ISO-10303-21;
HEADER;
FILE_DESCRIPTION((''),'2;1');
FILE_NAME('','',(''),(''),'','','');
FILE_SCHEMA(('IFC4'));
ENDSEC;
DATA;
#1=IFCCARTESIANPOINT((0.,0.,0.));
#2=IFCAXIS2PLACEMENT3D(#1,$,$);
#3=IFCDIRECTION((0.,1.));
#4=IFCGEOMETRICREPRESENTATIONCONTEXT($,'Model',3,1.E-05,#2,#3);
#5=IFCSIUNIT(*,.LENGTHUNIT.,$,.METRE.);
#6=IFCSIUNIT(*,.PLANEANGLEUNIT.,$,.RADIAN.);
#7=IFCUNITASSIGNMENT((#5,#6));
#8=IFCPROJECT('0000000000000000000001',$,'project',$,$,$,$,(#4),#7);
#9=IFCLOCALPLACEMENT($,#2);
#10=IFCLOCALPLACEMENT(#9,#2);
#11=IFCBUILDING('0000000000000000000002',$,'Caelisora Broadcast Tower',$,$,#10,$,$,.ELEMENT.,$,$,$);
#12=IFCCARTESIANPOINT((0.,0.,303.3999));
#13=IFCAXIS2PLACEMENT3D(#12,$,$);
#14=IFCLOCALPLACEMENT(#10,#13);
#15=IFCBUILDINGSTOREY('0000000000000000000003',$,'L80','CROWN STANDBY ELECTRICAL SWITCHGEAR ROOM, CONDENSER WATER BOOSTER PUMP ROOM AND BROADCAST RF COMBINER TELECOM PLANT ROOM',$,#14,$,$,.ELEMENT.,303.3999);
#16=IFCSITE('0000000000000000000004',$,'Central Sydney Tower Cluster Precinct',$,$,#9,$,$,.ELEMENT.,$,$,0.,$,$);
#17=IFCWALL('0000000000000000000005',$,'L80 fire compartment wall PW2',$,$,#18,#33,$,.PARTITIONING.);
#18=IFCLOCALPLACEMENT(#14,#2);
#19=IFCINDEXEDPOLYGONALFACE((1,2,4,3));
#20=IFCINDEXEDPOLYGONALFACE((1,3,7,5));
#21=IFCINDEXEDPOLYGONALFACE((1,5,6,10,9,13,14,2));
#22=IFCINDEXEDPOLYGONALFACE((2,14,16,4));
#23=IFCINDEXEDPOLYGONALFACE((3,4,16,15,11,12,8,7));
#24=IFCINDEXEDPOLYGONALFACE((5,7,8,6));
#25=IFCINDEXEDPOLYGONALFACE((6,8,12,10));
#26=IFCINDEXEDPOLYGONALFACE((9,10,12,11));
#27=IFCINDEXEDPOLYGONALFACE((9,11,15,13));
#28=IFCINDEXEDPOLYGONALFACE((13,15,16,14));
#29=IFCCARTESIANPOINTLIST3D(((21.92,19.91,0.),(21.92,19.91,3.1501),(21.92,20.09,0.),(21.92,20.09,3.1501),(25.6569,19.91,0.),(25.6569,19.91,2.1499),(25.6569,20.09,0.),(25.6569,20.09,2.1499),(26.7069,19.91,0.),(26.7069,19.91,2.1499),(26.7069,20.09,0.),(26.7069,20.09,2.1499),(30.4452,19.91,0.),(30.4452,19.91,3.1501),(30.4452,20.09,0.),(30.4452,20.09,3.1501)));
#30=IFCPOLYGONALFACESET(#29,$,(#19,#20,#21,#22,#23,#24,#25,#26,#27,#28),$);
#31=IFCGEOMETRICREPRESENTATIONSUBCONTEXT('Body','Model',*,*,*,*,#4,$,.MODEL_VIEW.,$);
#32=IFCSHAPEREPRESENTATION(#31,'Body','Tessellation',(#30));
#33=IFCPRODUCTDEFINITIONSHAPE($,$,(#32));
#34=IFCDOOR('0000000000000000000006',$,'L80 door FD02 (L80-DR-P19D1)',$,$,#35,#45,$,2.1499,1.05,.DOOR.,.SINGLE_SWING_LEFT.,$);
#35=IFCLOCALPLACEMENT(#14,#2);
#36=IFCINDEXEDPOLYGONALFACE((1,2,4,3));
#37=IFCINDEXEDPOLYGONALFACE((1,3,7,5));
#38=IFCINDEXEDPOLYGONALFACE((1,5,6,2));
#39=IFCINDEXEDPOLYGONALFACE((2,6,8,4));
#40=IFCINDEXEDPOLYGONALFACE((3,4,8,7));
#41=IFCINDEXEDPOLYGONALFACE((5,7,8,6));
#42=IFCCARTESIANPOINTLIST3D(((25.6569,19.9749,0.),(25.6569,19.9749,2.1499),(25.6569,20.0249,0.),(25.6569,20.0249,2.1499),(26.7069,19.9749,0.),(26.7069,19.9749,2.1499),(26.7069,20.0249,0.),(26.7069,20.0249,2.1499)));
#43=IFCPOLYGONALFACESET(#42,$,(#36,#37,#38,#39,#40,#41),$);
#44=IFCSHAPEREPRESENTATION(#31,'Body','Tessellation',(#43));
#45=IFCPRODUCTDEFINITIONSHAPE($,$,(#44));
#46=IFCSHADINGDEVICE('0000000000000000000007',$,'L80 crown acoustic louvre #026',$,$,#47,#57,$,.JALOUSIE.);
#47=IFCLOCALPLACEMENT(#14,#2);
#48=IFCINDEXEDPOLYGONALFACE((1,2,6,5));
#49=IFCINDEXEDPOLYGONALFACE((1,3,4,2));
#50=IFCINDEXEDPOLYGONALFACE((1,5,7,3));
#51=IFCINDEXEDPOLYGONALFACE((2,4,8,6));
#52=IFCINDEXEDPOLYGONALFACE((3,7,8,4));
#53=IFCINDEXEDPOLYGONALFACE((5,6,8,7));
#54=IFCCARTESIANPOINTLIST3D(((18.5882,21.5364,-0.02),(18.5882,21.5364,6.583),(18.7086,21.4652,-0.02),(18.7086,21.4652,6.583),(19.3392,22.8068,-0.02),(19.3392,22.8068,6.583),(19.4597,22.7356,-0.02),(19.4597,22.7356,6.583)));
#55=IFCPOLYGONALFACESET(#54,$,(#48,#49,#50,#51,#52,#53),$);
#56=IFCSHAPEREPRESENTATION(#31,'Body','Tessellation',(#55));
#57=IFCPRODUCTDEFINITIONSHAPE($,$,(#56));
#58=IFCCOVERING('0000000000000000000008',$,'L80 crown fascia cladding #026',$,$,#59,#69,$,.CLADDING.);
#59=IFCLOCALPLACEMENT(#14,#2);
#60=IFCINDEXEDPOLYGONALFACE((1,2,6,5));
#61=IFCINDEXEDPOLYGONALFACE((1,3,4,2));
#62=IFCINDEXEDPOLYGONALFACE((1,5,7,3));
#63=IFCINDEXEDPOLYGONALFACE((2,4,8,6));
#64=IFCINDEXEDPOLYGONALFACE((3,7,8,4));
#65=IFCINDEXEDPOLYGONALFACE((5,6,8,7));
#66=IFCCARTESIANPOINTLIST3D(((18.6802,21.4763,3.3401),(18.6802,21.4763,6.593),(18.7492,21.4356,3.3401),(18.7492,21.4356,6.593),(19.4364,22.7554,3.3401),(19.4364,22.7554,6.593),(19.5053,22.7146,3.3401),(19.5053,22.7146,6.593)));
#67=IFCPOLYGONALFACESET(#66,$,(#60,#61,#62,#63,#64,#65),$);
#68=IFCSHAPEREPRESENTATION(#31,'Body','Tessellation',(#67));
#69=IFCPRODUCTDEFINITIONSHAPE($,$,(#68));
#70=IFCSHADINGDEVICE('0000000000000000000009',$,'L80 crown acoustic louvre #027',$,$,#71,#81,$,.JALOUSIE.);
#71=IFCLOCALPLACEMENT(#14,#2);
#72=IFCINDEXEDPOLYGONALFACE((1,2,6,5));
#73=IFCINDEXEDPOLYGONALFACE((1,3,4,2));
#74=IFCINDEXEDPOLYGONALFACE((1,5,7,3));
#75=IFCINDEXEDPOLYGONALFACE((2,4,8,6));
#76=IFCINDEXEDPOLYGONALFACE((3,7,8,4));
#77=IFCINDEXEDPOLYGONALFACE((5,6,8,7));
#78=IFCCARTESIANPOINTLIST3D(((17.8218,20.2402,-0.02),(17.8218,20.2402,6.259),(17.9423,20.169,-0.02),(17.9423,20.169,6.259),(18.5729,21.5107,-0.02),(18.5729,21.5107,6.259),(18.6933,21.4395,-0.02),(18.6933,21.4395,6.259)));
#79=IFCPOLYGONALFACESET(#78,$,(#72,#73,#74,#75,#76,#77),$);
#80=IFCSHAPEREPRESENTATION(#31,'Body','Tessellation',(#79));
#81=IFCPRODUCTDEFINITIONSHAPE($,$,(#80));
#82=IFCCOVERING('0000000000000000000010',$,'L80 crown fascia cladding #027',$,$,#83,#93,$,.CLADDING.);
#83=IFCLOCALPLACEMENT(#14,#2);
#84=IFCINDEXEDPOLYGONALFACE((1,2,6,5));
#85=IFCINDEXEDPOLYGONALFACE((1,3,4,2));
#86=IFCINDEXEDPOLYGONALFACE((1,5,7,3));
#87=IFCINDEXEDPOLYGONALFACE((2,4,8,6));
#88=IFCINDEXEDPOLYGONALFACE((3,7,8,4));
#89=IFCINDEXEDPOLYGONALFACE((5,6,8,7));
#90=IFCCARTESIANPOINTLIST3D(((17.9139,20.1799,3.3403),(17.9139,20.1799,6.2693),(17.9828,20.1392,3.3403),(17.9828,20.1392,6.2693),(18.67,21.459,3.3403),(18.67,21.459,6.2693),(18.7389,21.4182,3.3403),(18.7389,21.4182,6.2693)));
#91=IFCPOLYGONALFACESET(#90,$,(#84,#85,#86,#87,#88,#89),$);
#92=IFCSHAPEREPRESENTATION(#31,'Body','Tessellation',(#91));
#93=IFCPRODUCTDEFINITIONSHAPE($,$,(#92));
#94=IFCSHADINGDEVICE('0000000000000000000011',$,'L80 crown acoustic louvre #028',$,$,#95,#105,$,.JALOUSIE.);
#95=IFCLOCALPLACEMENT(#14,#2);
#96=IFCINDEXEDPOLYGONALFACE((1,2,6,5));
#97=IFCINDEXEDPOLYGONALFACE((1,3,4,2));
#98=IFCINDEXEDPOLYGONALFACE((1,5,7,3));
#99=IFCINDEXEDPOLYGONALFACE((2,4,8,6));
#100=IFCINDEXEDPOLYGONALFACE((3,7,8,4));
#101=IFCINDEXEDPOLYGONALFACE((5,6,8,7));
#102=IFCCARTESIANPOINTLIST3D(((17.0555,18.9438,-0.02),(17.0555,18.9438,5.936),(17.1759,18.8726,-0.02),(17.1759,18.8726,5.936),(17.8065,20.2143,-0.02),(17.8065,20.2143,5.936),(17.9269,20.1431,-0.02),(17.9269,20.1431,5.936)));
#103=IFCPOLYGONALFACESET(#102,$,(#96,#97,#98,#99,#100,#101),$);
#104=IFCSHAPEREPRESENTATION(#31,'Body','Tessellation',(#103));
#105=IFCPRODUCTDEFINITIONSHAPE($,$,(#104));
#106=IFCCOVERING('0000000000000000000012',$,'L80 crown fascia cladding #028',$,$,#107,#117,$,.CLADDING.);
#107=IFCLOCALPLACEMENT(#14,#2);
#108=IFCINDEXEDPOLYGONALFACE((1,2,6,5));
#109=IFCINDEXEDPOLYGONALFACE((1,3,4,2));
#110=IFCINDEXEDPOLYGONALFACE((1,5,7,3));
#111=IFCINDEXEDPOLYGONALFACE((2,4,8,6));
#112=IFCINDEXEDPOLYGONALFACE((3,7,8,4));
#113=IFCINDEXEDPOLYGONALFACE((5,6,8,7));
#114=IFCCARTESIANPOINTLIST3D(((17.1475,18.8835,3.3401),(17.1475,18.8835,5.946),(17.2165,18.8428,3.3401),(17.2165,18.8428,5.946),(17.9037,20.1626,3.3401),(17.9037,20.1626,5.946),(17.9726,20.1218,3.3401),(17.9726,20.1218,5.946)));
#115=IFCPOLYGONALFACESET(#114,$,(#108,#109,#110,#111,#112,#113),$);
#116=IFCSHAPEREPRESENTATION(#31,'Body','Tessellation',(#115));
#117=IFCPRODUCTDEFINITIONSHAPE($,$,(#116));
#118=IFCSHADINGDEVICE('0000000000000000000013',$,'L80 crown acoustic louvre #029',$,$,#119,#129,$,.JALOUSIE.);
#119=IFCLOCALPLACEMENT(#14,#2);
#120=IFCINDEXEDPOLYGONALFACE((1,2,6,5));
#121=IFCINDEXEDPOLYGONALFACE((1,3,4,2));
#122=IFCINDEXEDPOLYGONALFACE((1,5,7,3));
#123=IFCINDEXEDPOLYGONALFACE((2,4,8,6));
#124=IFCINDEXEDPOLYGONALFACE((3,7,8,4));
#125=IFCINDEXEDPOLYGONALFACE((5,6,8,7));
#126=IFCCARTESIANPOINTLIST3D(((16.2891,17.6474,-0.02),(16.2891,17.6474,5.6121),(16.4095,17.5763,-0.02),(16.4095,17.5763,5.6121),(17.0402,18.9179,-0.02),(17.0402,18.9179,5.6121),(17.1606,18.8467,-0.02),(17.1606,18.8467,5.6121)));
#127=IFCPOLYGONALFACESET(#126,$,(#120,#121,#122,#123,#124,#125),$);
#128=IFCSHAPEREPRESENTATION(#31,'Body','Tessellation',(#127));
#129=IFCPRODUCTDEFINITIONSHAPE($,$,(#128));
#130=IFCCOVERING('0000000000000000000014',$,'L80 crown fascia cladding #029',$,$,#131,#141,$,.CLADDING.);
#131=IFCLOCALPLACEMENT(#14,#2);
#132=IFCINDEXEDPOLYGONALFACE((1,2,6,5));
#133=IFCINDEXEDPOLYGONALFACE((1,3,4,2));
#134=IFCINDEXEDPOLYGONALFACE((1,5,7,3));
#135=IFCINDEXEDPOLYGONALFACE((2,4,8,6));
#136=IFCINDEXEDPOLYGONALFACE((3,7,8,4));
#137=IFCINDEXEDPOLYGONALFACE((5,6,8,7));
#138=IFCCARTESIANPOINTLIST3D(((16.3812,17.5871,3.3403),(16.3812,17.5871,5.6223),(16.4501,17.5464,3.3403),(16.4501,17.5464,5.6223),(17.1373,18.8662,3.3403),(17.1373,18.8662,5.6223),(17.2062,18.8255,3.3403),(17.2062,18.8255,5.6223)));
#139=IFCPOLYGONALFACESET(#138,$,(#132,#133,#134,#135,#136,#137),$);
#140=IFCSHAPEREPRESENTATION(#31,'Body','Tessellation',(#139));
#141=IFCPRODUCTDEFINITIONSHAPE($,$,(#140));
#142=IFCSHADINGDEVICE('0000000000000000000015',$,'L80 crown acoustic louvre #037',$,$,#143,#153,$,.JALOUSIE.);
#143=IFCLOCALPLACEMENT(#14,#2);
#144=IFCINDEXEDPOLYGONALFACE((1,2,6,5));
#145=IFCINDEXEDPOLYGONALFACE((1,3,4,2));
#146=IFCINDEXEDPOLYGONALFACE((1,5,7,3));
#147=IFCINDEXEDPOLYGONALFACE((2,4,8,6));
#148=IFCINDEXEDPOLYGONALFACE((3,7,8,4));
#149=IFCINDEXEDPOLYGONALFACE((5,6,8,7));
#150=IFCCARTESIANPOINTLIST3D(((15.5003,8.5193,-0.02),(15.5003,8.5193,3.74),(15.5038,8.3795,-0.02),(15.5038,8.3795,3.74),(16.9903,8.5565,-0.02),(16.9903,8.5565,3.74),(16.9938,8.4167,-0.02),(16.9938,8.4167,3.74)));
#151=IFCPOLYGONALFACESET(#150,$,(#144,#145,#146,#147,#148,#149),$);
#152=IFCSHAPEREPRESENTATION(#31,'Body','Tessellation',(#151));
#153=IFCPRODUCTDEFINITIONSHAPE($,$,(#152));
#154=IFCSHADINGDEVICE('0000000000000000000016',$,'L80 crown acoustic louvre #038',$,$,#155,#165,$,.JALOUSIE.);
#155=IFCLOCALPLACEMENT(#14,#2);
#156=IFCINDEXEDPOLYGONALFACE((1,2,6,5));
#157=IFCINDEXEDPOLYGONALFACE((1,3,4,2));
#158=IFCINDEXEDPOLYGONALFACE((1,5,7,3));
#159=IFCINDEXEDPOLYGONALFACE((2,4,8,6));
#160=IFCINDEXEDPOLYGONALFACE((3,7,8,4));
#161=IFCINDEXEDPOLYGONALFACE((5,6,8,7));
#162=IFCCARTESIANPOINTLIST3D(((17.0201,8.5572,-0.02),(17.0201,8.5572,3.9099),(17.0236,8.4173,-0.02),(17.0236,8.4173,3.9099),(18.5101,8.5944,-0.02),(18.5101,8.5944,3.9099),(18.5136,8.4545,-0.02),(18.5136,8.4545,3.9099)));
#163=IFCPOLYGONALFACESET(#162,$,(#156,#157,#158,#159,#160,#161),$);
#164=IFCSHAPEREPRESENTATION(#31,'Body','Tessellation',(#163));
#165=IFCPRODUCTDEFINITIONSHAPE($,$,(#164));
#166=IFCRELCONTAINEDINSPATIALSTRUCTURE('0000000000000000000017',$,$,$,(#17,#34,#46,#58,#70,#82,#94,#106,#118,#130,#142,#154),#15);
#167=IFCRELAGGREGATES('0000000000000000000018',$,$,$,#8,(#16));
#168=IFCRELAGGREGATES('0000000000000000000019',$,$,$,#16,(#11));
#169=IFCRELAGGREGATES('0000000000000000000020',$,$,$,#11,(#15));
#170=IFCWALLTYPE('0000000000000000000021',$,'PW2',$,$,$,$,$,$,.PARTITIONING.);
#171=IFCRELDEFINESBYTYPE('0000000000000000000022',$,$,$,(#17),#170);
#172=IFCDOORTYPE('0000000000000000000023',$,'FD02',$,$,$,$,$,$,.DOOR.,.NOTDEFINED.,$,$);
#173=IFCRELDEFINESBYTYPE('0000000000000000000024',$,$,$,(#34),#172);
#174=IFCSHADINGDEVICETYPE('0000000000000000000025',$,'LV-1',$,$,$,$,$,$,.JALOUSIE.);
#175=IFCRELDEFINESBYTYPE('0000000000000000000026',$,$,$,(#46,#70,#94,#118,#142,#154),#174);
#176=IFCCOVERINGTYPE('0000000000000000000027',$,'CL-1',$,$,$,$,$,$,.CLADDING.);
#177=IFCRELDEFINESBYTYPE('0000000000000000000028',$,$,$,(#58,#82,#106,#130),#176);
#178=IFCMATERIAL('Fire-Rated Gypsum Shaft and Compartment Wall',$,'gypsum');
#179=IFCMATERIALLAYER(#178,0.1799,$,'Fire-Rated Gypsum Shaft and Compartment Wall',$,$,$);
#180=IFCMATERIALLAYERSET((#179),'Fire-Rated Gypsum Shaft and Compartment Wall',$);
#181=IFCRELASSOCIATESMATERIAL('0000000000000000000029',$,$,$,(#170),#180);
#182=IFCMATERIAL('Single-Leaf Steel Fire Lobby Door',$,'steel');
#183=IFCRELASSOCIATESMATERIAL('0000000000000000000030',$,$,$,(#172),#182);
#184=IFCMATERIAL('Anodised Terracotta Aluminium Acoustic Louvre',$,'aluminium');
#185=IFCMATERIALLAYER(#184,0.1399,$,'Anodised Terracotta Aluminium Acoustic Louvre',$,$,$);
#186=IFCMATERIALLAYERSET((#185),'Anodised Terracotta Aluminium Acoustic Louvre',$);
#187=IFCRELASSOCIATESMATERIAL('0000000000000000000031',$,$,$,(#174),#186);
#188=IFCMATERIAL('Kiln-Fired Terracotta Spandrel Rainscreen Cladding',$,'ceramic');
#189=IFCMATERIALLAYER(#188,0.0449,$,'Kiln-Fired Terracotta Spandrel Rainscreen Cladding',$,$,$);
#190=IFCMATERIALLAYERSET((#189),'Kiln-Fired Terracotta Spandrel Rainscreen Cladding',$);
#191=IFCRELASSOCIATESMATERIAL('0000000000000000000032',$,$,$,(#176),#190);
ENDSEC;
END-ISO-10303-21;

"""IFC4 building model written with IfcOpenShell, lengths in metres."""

from ifc_helpers import new_model, si_unit, direction, frame, frame_2d, origin, origin_2d, place, context, subcontext, project, spatial, rectangle, extrude, source, transform, mapped, material, layer, layer_set, type_object, element, fill, save


model = new_model("IFC4")

# Units and contexts
model_context = context("Model", 3, precision=1e-05, world=origin(), true_north=direction((0.0, 1.0)))
body_context = subcontext(model_context, "Body", "Model", "MODEL_VIEW")
ifc_project = project(units=[si_unit("LENGTHUNIT", "METRE"), si_unit("PLANEANGLEUNIT", "RADIAN")], contexts=[model_context])

# Site, building, storey
site_placement = place(None, origin())
site = spatial("IfcSite", under=ifc_project, at=site_placement, Name="Central Sydney Tower Cluster Precinct", CompositionType="ELEMENT", RefElevation=0.0)
building_placement = place(site_placement, origin())
building = spatial("IfcBuilding", under=site, at=building_placement, Name="Caelisora Broadcast Tower", CompositionType="ELEMENT")
storey_placement = place(building_placement, frame((0.0, 0.0, 303.3999)))
storey = spatial("IfcBuildingStorey", under=building, at=storey_placement, Name="L80", Description="CROWN STANDBY ELECTRICAL SWITCHGEAR ROOM, CONDENSER WATER BOOSTER PUMP ROOM AND BROADCAST RF COMBINER TELECOM PLANT ROOM", CompositionType="ELEMENT", Elevation=303.3999)

# Wall, opening, door
ifc_material_1 = material(Name="Fire-Rated Gypsum Shaft and Compartment Wall", Category="gypsum")
ifc_layer_1 = layer(ifc_material_1, 0.1799, Name="Fire-Rated Gypsum Shaft and Compartment Wall")
ifc_layer_set_1 = layer_set([ifc_layer_1], Name="Fire-Rated Gypsum Shaft and Compartment Wall")
wall_type = type_object("IfcWallType", Name="PW2", PredefinedType="PARTITIONING", material=ifc_layer_set_1)
wall_placement = place(storey_placement, frame((21.9199, 20.0, 0.0), z_axis=(0.0, 0.0, 1.0), x_axis=(1.0, 0.0, 0.0)))
wall = element("IfcWall", 1, at=wall_placement, inside=storey, type_object=wall_type, Name="L80 fire compartment wall PW2", PredefinedType="PARTITIONING", context=body_context, shape_type="SweptSolid", body=[
    extrude(rectangle(XDim=8.5251, YDim=0.1799, at=frame_2d((4.2627, 0.0))), origin(), (0.0, 0.0, 1.0), 3.1501),
])
opening_placement = place(wall_placement, frame((3.7371, 0.0, 0.0)))
opening = element("IfcOpeningElement", 2, at=opening_placement, cuts=wall, PredefinedType="OPENING", context=body_context, shape_type="SweptSolid", body=[
    extrude(rectangle(XDim=1.05, YDim=2.1499, at=frame_2d((0.5249, 1.075))), frame((0.0, 0.1021, 0.0), z_axis=(0.0, -1.0, 0.0), x_axis=(1.0, 0.0, 0.0)), (0.0, 0.0, 1.0), 0.2039),
])
ifc_material_2 = material(Name="Single-Leaf Steel Fire Lobby Door", Category="steel")
door_type = type_object("IfcDoorType", Name="FD02", OperationType="NOTDEFINED", PredefinedType="DOOR", material=ifc_material_2)
door_placement = place(opening_placement, origin())
door = element("IfcDoor", 3, at=door_placement, inside=storey, type_object=door_type, Name="L80 door FD02 (L80-DR-P19D1)", OperationType="SINGLE_SWING_LEFT", OverallHeight=2.1499, OverallWidth=1.05, PredefinedType="DOOR", context=body_context, shape_type="SweptSolid", body=[
    extrude(rectangle(XDim=1.05, YDim=2.1499, at=frame_2d((0.5249, 1.075))), frame((0.0, 0.0249, 0.0), z_axis=(0.0, -1.0, 0.0), x_axis=(1.0, 0.0, 0.0)), (0.0, 0.0, 1.0), 0.05),
])
fill(opening, door)

# Shading device
ifc_material_3 = material(Name="Anodised Terracotta Aluminium Acoustic Louvre", Category="aluminium")
ifc_layer_2 = layer(ifc_material_3, 0.1399, Name="Anodised Terracotta Aluminium Acoustic Louvre")
ifc_layer_set_2 = layer_set([ifc_layer_2], Name="Anodised Terracotta Aluminium Acoustic Louvre")
shading_device_type = type_object("IfcShadingDeviceType", Name="LV-1", PredefinedType="JALOUSIE", material=ifc_layer_set_2)
shared_shape_1 = source(origin(), body_context, "Body", "SweptSolid", [
    extrude(rectangle(XDim=1.4758, YDim=0.1399, at=origin_2d()), origin(), (0.0, 0.0, 1.0), 6.603),
])
shading_device_1_placement = place(storey_placement, frame((19.0239, 22.136, -0.02), z_axis=(0.0, 0.0, 1.0), x_axis=(-0.508891, -0.860831, 0.0)))
element("IfcShadingDevice", 4, at=shading_device_1_placement, inside=storey, type_object=shading_device_type, Name="L80 crown acoustic louvre #026", PredefinedType="JALOUSIE", context=body_context, shape_type="MappedRepresentation", body=[
    mapped(shared_shape_1, transform((0.0, 0.0, 0.0), scale=1.0)),
])

# Covering
ifc_material_4 = material(Name="Kiln-Fired Terracotta Spandrel Rainscreen Cladding", Category="ceramic")
ifc_layer_3 = layer(ifc_material_4, 0.0449, Name="Kiln-Fired Terracotta Spandrel Rainscreen Cladding")
ifc_layer_set_3 = layer_set([ifc_layer_3], Name="Kiln-Fired Terracotta Spandrel Rainscreen Cladding")
covering_type = type_object("IfcCoveringType", Name="CL-1", PredefinedType="CLADDING", material=ifc_layer_set_3)
shared_shape_2 = source(origin(), body_context, "Body", "SweptSolid", [
    extrude(rectangle(XDim=1.4858, YDim=0.0801, at=origin_2d()), origin(), (0.0, 0.0, 1.0), 3.2529),
])
covering_1_placement = place(storey_placement, frame((19.0928, 22.0955, 3.3401), z_axis=(0.0, 0.0, 1.0), x_axis=(-0.508891, -0.860831, 0.0)))
element("IfcCovering", 5, at=covering_1_placement, inside=storey, type_object=covering_type, Name="L80 crown fascia cladding #026", PredefinedType="CLADDING", context=body_context, shape_type="MappedRepresentation", body=[
    mapped(shared_shape_2, transform((0.0, 0.0, 0.0), scale=1.0)),
])

# Shading device
shared_shape_3 = source(origin(), body_context, "Body", "SweptSolid", [
    extrude(rectangle(XDim=1.4758, YDim=0.1399, at=origin_2d()), origin(), (0.0, 0.0, 1.0), 6.2791),
])
shading_device_2_placement = place(storey_placement, frame((18.2576, 20.8398, -0.02), z_axis=(0.0, 0.0, 1.0), x_axis=(-0.508891, -0.860831, 0.0)))
element("IfcShadingDevice", 6, at=shading_device_2_placement, inside=storey, type_object=shading_device_type, Name="L80 crown acoustic louvre #027", PredefinedType="JALOUSIE", context=body_context, shape_type="MappedRepresentation", body=[
    mapped(shared_shape_3, transform((0.0, 0.0, 0.0), scale=1.0)),
])

# Covering
shared_shape_4 = source(origin(), body_context, "Body", "SweptSolid", [
    extrude(rectangle(XDim=1.4858, YDim=0.0801, at=origin_2d()), origin(), (0.0, 0.0, 1.0), 2.929),
])
covering_2_placement = place(storey_placement, frame((18.3264, 20.7991, 3.3403), z_axis=(0.0, 0.0, 1.0), x_axis=(-0.508891, -0.860831, 0.0)))
element("IfcCovering", 7, at=covering_2_placement, inside=storey, type_object=covering_type, Name="L80 crown fascia cladding #027", PredefinedType="CLADDING", context=body_context, shape_type="MappedRepresentation", body=[
    mapped(shared_shape_4, transform((0.0, 0.0, 0.0), scale=1.0)),
])

# Shading device
shared_shape_5 = source(origin(), body_context, "Body", "SweptSolid", [
    extrude(rectangle(XDim=1.4758, YDim=0.1399, at=origin_2d()), origin(), (0.0, 0.0, 1.0), 5.9561),
])
shading_device_3_placement = place(storey_placement, frame((17.4912, 19.5435, -0.02), z_axis=(0.0, 0.0, 1.0), x_axis=(-0.508891, -0.860831, 0.0)))
element("IfcShadingDevice", 8, at=shading_device_3_placement, inside=storey, type_object=shading_device_type, Name="L80 crown acoustic louvre #028", PredefinedType="JALOUSIE", context=body_context, shape_type="MappedRepresentation", body=[
    mapped(shared_shape_5, transform((0.0, 0.0, 0.0), scale=1.0)),
])

# Covering
shared_shape_6 = source(origin(), body_context, "Body", "SweptSolid", [
    extrude(rectangle(XDim=1.4858, YDim=0.0801, at=origin_2d()), origin(), (0.0, 0.0, 1.0), 2.606),
])
covering_3_placement = place(storey_placement, frame((17.5601, 19.5027, 3.3401), z_axis=(0.0, 0.0, 1.0), x_axis=(-0.508891, -0.860831, 0.0)))
element("IfcCovering", 9, at=covering_3_placement, inside=storey, type_object=covering_type, Name="L80 crown fascia cladding #028", PredefinedType="CLADDING", context=body_context, shape_type="MappedRepresentation", body=[
    mapped(shared_shape_6, transform((0.0, 0.0, 0.0), scale=1.0)),
])

# Shading device
shared_shape_7 = source(origin(), body_context, "Body", "SweptSolid", [
    extrude(rectangle(XDim=1.4758, YDim=0.1399, at=origin_2d()), origin(), (0.0, 0.0, 1.0), 5.6321),
])
shading_device_4_placement = place(storey_placement, frame((16.7249, 18.2471, -0.02), z_axis=(0.0, 0.0, 1.0), x_axis=(-0.508891, -0.860831, 0.0)))
element("IfcShadingDevice", 10, at=shading_device_4_placement, inside=storey, type_object=shading_device_type, Name="L80 crown acoustic louvre #029", PredefinedType="JALOUSIE", context=body_context, shape_type="MappedRepresentation", body=[
    mapped(shared_shape_7, transform((0.0, 0.0, 0.0), scale=1.0)),
])

# Covering
shared_shape_8 = source(origin(), body_context, "Body", "SweptSolid", [
    extrude(rectangle(XDim=1.4858, YDim=0.0801, at=origin_2d()), origin(), (0.0, 0.0, 1.0), 2.282),
])
covering_4_placement = place(storey_placement, frame((16.7937, 18.2063, 3.3403), z_axis=(0.0, 0.0, 1.0), x_axis=(-0.508891, -0.860831, 0.0)))
element("IfcCovering", 11, at=covering_4_placement, inside=storey, type_object=covering_type, Name="L80 crown fascia cladding #029", PredefinedType="CLADDING", context=body_context, shape_type="MappedRepresentation", body=[
    mapped(shared_shape_8, transform((0.0, 0.0, 0.0), scale=1.0)),
])

# Shading devices
shared_shape_9 = source(origin(), body_context, "Body", "SweptSolid", [
    extrude(rectangle(XDim=1.4905, YDim=0.1399, at=origin_2d()), origin(), (0.0, 0.0, 1.0), 3.76),
])
shading_device_5_placement = place(storey_placement, frame((16.2471, 8.468, -0.02), z_axis=(0.0, 0.0, 1.0), x_axis=(0.999689, 0.024956, 0.0)))
element("IfcShadingDevice", 12, at=shading_device_5_placement, inside=storey, type_object=shading_device_type, Name="L80 crown acoustic louvre #037", PredefinedType="JALOUSIE", context=body_context, shape_type="MappedRepresentation", body=[
    mapped(shared_shape_9, transform((0.0, 0.0, 0.0), scale=1.0)),
])
shared_shape_10 = source(origin(), body_context, "Body", "SweptSolid", [
    extrude(rectangle(XDim=1.4905, YDim=0.1399, at=origin_2d()), origin(), (0.0, 0.0, 1.0), 3.9299),
])
shading_device_6_placement = place(storey_placement, frame((17.7668, 8.5059, -0.02), z_axis=(0.0, 0.0, 1.0), x_axis=(0.999689, 0.024956, 0.0)))
element("IfcShadingDevice", 13, at=shading_device_6_placement, inside=storey, type_object=shading_device_type, Name="L80 crown acoustic louvre #038", PredefinedType="JALOUSIE", context=body_context, shape_type="MappedRepresentation", body=[
    mapped(shared_shape_10, transform((0.0, 0.0, 0.0), scale=1.0)),
])

save(model, "model.ifc")
